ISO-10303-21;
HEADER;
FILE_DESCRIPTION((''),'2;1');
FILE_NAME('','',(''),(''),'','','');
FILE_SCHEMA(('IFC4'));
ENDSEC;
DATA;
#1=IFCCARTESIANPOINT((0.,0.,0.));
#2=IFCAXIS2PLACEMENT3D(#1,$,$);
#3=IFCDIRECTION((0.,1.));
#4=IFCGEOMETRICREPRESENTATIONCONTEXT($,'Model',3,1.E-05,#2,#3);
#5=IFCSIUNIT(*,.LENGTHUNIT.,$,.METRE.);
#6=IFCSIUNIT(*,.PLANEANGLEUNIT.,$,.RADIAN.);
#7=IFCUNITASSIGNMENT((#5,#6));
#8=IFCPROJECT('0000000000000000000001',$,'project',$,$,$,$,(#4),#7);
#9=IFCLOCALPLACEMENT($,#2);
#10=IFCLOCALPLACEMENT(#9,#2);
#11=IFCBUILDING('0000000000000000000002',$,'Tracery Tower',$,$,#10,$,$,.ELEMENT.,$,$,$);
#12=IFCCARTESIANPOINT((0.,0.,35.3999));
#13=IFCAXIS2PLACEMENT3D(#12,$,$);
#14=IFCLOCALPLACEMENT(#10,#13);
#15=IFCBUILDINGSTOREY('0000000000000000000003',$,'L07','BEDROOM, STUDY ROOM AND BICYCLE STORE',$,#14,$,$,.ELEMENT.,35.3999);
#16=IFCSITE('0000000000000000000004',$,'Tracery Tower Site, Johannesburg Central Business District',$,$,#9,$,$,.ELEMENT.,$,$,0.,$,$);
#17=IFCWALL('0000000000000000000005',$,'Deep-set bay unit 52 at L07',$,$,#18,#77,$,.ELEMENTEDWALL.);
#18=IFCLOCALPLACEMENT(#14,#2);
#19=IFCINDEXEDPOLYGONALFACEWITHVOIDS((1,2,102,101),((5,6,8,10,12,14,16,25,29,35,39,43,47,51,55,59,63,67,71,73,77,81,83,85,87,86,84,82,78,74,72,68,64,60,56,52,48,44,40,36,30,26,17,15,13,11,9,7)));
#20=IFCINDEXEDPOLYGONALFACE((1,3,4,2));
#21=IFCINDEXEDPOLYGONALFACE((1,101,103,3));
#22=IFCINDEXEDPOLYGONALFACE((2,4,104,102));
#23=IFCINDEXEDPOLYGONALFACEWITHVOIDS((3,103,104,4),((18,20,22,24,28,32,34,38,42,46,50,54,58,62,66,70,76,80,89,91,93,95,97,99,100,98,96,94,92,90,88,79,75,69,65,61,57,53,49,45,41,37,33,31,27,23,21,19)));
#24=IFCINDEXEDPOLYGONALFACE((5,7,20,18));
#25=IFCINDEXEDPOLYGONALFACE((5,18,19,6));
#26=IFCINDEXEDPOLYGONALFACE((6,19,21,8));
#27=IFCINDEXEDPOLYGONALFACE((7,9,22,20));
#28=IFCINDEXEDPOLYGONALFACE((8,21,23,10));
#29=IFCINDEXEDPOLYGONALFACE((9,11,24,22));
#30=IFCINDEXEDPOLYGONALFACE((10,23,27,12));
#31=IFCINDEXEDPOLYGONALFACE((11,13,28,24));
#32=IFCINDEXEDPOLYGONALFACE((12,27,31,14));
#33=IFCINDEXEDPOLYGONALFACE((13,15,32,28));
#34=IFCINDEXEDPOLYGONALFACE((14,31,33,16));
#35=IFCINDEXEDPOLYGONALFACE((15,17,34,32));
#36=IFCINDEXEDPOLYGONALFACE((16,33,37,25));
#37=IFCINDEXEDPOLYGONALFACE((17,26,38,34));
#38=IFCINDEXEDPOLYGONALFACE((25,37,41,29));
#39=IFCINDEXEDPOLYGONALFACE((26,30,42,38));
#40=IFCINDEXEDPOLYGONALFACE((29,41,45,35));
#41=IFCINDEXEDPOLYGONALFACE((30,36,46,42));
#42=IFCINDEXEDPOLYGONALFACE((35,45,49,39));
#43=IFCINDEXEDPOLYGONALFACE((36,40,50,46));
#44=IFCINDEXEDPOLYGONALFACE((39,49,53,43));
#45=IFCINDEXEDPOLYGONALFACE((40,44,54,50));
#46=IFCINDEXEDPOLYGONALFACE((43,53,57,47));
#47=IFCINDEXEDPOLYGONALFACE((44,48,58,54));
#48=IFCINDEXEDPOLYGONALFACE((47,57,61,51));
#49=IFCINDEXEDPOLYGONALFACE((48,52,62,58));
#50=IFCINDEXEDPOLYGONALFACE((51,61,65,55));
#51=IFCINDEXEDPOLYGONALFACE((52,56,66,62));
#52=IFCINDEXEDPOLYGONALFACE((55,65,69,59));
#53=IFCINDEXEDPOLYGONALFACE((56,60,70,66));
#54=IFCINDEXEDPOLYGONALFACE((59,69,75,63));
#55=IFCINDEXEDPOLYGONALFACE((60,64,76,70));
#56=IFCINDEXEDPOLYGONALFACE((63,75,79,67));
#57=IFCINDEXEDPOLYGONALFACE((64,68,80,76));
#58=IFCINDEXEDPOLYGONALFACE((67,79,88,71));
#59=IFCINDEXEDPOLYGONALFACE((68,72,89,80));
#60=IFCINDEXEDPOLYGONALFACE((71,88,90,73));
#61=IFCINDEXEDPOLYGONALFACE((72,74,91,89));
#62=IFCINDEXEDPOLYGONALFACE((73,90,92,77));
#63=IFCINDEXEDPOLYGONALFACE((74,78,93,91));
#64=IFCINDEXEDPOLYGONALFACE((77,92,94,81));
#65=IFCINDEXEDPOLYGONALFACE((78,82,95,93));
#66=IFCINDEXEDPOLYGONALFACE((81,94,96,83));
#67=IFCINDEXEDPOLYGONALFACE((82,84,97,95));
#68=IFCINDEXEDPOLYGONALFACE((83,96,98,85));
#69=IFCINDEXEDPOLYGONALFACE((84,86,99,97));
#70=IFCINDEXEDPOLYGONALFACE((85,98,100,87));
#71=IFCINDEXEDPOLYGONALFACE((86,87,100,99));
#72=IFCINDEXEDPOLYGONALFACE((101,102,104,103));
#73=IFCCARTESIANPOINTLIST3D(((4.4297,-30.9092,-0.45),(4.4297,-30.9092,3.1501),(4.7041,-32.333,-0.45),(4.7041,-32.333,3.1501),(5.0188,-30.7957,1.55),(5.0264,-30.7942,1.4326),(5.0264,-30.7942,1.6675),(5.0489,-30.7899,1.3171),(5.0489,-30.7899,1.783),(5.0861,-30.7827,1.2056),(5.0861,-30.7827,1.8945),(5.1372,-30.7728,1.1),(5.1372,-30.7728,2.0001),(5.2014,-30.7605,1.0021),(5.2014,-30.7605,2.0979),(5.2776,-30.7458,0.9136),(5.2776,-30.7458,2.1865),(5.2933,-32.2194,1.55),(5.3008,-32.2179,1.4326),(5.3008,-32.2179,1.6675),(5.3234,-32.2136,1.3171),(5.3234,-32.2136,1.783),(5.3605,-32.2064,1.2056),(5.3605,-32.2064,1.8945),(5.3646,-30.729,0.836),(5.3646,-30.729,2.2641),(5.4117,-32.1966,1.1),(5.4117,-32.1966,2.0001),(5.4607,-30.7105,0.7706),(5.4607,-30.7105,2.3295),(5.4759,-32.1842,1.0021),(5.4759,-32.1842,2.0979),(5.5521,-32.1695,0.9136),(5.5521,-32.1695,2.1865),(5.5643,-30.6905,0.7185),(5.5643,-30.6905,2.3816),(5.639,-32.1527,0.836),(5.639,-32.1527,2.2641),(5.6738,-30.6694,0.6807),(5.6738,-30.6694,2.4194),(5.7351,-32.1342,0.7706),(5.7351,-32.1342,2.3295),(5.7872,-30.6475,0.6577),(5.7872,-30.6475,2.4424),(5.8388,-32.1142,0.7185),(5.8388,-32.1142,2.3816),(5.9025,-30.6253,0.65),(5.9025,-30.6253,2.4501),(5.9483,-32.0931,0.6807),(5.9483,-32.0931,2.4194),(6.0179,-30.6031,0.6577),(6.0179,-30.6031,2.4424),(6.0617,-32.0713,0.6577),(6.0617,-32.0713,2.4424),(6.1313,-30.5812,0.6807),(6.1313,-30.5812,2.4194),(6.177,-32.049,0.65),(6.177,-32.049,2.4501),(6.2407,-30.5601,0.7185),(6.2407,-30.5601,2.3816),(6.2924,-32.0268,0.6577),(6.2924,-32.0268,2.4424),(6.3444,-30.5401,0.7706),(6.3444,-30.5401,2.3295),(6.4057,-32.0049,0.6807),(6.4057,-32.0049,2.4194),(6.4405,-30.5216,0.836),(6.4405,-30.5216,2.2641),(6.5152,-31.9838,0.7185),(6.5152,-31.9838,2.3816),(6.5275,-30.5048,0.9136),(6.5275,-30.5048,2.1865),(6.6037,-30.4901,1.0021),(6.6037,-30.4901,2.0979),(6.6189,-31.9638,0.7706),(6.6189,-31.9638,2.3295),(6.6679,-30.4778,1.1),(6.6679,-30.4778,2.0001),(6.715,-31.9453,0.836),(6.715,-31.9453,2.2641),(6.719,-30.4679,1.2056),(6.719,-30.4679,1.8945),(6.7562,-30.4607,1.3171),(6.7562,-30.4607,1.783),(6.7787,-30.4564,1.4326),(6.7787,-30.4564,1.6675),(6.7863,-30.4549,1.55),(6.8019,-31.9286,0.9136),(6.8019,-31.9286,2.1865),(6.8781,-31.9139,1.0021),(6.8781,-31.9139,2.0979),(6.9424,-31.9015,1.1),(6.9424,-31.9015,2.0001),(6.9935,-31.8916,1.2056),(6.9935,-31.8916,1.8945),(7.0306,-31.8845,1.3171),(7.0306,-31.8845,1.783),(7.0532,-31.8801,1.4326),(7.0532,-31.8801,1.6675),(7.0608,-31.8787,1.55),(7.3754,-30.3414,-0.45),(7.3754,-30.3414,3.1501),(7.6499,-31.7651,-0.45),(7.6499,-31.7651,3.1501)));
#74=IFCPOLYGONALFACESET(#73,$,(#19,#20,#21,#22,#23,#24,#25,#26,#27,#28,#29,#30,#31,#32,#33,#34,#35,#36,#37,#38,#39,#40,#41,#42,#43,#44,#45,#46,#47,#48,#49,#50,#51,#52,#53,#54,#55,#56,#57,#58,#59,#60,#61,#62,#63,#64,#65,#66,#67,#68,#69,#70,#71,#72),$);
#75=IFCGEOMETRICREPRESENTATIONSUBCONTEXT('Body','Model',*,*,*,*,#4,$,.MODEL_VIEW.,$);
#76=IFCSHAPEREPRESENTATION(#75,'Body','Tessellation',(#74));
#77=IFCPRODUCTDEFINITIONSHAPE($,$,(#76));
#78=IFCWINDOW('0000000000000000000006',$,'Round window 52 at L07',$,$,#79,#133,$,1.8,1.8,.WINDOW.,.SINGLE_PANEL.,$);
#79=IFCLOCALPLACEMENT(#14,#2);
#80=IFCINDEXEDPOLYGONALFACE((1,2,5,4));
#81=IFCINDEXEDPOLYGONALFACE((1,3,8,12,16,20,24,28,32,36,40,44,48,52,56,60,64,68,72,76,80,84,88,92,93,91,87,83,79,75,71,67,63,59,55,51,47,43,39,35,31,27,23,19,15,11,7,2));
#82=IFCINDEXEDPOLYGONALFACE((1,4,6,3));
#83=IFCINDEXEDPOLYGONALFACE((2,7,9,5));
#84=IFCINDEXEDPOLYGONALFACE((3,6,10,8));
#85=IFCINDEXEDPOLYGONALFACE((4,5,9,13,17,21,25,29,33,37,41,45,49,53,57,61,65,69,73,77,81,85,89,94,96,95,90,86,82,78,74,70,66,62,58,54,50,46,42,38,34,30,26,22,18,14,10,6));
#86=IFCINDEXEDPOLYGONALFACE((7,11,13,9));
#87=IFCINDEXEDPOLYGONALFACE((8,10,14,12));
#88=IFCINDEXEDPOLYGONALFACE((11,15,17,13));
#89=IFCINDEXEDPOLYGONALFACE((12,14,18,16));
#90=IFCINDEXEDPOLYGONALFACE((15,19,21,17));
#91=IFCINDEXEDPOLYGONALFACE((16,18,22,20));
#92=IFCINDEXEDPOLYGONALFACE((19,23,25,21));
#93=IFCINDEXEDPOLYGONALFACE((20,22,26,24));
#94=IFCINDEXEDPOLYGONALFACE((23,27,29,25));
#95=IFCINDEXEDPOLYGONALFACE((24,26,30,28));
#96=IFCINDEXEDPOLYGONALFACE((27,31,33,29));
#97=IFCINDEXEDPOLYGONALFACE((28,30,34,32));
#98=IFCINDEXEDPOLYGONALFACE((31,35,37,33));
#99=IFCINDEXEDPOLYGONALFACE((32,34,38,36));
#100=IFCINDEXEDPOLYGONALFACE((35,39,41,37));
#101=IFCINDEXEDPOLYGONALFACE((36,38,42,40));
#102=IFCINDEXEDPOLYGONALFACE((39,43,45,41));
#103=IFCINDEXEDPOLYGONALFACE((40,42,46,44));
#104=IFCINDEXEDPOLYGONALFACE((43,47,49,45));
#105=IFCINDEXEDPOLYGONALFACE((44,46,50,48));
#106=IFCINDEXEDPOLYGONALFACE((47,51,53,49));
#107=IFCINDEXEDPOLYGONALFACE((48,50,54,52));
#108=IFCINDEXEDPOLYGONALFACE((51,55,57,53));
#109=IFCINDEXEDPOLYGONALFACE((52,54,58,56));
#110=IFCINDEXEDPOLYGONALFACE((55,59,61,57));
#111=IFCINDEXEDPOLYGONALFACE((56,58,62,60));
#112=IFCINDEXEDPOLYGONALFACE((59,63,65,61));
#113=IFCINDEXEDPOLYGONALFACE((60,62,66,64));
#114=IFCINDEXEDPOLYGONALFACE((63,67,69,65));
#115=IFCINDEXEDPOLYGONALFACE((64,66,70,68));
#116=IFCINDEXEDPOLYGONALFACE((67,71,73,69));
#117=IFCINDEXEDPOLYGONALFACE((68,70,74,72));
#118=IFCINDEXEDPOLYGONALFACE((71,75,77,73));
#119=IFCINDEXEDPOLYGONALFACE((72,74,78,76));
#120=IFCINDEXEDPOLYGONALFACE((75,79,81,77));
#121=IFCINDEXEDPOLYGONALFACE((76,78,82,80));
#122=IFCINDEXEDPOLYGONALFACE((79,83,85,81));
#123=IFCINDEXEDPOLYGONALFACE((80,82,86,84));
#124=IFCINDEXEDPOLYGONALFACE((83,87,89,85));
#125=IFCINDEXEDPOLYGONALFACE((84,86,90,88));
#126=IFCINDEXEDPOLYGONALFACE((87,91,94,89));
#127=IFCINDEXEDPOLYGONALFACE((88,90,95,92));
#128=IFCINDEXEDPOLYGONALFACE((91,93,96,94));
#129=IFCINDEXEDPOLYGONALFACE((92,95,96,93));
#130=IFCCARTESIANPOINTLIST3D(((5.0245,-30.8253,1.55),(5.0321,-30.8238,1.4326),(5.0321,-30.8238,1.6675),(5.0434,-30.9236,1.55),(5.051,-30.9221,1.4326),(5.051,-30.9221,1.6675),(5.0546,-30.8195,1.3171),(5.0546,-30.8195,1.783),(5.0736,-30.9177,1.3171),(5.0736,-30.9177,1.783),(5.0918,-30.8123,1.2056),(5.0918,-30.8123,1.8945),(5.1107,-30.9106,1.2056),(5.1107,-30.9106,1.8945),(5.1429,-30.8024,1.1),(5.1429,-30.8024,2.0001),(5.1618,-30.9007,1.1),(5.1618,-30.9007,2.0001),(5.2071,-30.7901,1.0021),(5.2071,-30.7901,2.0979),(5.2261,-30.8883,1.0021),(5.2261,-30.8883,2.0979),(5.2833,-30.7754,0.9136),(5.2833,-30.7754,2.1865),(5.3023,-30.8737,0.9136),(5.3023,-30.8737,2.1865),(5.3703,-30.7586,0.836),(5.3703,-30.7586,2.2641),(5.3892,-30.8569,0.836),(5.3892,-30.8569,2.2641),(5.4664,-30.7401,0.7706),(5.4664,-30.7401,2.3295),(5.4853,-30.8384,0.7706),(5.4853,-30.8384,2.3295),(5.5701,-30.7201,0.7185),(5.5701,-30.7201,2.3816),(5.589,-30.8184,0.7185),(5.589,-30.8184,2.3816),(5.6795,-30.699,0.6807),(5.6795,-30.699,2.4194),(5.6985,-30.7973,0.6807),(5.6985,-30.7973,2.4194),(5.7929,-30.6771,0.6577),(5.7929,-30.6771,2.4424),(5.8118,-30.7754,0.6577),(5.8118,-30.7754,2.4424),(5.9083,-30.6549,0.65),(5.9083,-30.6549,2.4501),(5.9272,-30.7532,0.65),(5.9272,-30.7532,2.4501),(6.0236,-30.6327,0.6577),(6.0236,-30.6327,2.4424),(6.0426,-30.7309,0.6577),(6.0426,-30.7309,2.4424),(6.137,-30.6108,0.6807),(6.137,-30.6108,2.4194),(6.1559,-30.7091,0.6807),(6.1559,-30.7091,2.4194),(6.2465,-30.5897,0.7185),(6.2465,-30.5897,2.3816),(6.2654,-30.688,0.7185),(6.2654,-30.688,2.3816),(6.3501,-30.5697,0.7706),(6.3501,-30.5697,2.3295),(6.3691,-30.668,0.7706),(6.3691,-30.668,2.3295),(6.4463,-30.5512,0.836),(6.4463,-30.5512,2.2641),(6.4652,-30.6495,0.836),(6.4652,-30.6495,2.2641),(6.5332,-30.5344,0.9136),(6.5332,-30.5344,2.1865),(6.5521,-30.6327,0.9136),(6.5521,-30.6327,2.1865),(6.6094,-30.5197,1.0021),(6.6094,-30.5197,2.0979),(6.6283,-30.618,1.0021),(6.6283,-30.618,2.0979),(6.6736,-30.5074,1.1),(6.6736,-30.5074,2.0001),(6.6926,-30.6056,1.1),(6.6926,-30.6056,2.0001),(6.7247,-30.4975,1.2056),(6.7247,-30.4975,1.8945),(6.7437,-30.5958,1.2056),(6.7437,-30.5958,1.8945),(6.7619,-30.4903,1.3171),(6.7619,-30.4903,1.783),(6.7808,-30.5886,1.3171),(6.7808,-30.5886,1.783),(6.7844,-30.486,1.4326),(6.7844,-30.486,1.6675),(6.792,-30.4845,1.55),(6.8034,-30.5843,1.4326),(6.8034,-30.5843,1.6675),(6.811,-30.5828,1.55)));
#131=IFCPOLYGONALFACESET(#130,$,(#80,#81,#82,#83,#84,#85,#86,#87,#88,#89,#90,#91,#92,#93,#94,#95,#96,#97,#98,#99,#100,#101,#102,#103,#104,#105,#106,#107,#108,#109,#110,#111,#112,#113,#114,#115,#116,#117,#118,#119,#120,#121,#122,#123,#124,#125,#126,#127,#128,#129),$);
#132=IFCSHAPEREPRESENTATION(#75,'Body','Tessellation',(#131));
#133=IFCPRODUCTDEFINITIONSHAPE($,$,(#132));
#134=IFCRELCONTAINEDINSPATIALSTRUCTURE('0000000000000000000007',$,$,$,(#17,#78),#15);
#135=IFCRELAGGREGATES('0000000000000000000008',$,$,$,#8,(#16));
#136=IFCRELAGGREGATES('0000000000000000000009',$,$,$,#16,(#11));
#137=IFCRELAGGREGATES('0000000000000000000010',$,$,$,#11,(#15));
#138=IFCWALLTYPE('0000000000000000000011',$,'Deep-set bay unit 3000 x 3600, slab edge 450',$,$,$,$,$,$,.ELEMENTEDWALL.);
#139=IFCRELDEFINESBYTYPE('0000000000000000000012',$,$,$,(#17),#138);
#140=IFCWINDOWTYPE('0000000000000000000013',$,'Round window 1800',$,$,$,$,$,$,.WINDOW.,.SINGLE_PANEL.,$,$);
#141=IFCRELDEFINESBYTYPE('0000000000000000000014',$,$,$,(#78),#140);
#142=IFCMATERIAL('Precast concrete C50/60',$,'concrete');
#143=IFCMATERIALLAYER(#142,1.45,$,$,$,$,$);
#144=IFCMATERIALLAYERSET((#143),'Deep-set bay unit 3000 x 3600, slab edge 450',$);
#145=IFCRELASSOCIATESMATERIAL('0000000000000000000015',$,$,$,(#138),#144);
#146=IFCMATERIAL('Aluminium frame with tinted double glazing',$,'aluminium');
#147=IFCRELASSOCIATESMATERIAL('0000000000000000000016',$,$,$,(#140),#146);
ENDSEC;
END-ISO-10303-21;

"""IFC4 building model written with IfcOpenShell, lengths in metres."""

from ifc_helpers import new_model, si_unit, direction, frame, frame_2d, origin, origin_2d, place, context, subcontext, project, spatial, rectangle, circle, extrude, material, layer, layer_set, type_object, element, fill, save


model = new_model("IFC4")

# Units and contexts
model_context = context("Model", 3, precision=1e-05, world=origin(), true_north=direction((0.0, 1.0)))
body_context = subcontext(model_context, "Body", "Model", "MODEL_VIEW")
ifc_project = project(units=[si_unit("LENGTHUNIT", "METRE"), si_unit("PLANEANGLEUNIT", "RADIAN")], contexts=[model_context])

# Site, building, storey
site_placement = place(None, origin())
site = spatial("IfcSite", under=ifc_project, at=site_placement, Name="Tracery Tower Site, Johannesburg Central Business District", CompositionType="ELEMENT", RefElevation=0.0)
building_placement = place(site_placement, origin())
building = spatial("IfcBuilding", under=site, at=building_placement, Name="Tracery Tower", CompositionType="ELEMENT")
storey_placement = place(building_placement, frame((0.0, 0.0, 35.3999)))
storey = spatial("IfcBuildingStorey", under=building, at=storey_placement, Name="L07", Description="BEDROOM, STUDY ROOM AND BICYCLE STORE", CompositionType="ELEMENT", Elevation=35.3999)

# Wall, opening, window
ifc_material_1 = material(Name="Precast concrete C50/60", Category="concrete")
ifc_layer_1 = layer(ifc_material_1, 1.45)
ifc_layer_set_1 = layer_set([ifc_layer_1], Name="Deep-set bay unit 3000 x 3600, slab edge 450")
wall_type_1 = type_object("IfcWallType", Name="Deep-set bay unit 3000 x 3600, slab edge 450", PredefinedType="ELEMENTEDWALL", material=ifc_layer_set_1)
wall_1_placement = place(storey_placement, frame((4.5669, -31.6211, -0.45), z_axis=(0.0, 0.0, 1.0), x_axis=(0.981922, 0.189288, 0.0)))
wall_1 = element("IfcWall", 1, at=wall_1_placement, inside=storey, type_object=wall_type_1, Name="Deep-set bay unit 52 at L07", PredefinedType="ELEMENTEDWALL", context=body_context, shape_type="SweptSolid", body=[
    extrude(rectangle(XDim=3.0, YDim=1.45, at=frame_2d((1.5, 0.0))), origin(), (0.0, 0.0, 1.0), 3.6001),
])
opening_1_placement = place(wall_1_placement, frame((1.5, 0.0, 2.0)))
opening_1 = element("IfcOpeningElement", 2, at=opening_1_placement, cuts=wall_1, PredefinedType="OPENING", context=body_context, shape_type="SweptSolid", body=[
    extrude(circle(Radius=0.9, at=origin_2d()), frame((0.0, 0.7349, 0.0), z_axis=(0.0, -1.0, 0.0), x_axis=(1.0, 0.0, 0.0)), (0.0, 0.0, 1.0), 1.47),
])
ifc_material_2 = material(Name="Aluminium frame with tinted double glazing", Category="aluminium")
window_type = type_object("IfcWindowType", Name="Round window 1800", PartitioningType="SINGLE_PANEL", PredefinedType="WINDOW", material=ifc_material_2)
window_1_placement = place(opening_1_placement, origin())
window_1 = element("IfcWindow", 3, at=window_1_placement, inside=storey, type_object=window_type, Name="Round window 52 at L07", OverallHeight=1.8, OverallWidth=1.8, PartitioningType="SINGLE_PANEL", PredefinedType="WINDOW", context=body_context, shape_type="SweptSolid", body=[
    extrude(circle(Radius=0.9, at=origin_2d()), frame((0.0, 0.6948, 0.0), z_axis=(0.0, -1.0, 0.0), x_axis=(1.0, 0.0, 0.0)), (0.0, 0.0, 1.0), 0.1001),
])
fill(opening_1, window_1)

save(model, "model.ifc")
